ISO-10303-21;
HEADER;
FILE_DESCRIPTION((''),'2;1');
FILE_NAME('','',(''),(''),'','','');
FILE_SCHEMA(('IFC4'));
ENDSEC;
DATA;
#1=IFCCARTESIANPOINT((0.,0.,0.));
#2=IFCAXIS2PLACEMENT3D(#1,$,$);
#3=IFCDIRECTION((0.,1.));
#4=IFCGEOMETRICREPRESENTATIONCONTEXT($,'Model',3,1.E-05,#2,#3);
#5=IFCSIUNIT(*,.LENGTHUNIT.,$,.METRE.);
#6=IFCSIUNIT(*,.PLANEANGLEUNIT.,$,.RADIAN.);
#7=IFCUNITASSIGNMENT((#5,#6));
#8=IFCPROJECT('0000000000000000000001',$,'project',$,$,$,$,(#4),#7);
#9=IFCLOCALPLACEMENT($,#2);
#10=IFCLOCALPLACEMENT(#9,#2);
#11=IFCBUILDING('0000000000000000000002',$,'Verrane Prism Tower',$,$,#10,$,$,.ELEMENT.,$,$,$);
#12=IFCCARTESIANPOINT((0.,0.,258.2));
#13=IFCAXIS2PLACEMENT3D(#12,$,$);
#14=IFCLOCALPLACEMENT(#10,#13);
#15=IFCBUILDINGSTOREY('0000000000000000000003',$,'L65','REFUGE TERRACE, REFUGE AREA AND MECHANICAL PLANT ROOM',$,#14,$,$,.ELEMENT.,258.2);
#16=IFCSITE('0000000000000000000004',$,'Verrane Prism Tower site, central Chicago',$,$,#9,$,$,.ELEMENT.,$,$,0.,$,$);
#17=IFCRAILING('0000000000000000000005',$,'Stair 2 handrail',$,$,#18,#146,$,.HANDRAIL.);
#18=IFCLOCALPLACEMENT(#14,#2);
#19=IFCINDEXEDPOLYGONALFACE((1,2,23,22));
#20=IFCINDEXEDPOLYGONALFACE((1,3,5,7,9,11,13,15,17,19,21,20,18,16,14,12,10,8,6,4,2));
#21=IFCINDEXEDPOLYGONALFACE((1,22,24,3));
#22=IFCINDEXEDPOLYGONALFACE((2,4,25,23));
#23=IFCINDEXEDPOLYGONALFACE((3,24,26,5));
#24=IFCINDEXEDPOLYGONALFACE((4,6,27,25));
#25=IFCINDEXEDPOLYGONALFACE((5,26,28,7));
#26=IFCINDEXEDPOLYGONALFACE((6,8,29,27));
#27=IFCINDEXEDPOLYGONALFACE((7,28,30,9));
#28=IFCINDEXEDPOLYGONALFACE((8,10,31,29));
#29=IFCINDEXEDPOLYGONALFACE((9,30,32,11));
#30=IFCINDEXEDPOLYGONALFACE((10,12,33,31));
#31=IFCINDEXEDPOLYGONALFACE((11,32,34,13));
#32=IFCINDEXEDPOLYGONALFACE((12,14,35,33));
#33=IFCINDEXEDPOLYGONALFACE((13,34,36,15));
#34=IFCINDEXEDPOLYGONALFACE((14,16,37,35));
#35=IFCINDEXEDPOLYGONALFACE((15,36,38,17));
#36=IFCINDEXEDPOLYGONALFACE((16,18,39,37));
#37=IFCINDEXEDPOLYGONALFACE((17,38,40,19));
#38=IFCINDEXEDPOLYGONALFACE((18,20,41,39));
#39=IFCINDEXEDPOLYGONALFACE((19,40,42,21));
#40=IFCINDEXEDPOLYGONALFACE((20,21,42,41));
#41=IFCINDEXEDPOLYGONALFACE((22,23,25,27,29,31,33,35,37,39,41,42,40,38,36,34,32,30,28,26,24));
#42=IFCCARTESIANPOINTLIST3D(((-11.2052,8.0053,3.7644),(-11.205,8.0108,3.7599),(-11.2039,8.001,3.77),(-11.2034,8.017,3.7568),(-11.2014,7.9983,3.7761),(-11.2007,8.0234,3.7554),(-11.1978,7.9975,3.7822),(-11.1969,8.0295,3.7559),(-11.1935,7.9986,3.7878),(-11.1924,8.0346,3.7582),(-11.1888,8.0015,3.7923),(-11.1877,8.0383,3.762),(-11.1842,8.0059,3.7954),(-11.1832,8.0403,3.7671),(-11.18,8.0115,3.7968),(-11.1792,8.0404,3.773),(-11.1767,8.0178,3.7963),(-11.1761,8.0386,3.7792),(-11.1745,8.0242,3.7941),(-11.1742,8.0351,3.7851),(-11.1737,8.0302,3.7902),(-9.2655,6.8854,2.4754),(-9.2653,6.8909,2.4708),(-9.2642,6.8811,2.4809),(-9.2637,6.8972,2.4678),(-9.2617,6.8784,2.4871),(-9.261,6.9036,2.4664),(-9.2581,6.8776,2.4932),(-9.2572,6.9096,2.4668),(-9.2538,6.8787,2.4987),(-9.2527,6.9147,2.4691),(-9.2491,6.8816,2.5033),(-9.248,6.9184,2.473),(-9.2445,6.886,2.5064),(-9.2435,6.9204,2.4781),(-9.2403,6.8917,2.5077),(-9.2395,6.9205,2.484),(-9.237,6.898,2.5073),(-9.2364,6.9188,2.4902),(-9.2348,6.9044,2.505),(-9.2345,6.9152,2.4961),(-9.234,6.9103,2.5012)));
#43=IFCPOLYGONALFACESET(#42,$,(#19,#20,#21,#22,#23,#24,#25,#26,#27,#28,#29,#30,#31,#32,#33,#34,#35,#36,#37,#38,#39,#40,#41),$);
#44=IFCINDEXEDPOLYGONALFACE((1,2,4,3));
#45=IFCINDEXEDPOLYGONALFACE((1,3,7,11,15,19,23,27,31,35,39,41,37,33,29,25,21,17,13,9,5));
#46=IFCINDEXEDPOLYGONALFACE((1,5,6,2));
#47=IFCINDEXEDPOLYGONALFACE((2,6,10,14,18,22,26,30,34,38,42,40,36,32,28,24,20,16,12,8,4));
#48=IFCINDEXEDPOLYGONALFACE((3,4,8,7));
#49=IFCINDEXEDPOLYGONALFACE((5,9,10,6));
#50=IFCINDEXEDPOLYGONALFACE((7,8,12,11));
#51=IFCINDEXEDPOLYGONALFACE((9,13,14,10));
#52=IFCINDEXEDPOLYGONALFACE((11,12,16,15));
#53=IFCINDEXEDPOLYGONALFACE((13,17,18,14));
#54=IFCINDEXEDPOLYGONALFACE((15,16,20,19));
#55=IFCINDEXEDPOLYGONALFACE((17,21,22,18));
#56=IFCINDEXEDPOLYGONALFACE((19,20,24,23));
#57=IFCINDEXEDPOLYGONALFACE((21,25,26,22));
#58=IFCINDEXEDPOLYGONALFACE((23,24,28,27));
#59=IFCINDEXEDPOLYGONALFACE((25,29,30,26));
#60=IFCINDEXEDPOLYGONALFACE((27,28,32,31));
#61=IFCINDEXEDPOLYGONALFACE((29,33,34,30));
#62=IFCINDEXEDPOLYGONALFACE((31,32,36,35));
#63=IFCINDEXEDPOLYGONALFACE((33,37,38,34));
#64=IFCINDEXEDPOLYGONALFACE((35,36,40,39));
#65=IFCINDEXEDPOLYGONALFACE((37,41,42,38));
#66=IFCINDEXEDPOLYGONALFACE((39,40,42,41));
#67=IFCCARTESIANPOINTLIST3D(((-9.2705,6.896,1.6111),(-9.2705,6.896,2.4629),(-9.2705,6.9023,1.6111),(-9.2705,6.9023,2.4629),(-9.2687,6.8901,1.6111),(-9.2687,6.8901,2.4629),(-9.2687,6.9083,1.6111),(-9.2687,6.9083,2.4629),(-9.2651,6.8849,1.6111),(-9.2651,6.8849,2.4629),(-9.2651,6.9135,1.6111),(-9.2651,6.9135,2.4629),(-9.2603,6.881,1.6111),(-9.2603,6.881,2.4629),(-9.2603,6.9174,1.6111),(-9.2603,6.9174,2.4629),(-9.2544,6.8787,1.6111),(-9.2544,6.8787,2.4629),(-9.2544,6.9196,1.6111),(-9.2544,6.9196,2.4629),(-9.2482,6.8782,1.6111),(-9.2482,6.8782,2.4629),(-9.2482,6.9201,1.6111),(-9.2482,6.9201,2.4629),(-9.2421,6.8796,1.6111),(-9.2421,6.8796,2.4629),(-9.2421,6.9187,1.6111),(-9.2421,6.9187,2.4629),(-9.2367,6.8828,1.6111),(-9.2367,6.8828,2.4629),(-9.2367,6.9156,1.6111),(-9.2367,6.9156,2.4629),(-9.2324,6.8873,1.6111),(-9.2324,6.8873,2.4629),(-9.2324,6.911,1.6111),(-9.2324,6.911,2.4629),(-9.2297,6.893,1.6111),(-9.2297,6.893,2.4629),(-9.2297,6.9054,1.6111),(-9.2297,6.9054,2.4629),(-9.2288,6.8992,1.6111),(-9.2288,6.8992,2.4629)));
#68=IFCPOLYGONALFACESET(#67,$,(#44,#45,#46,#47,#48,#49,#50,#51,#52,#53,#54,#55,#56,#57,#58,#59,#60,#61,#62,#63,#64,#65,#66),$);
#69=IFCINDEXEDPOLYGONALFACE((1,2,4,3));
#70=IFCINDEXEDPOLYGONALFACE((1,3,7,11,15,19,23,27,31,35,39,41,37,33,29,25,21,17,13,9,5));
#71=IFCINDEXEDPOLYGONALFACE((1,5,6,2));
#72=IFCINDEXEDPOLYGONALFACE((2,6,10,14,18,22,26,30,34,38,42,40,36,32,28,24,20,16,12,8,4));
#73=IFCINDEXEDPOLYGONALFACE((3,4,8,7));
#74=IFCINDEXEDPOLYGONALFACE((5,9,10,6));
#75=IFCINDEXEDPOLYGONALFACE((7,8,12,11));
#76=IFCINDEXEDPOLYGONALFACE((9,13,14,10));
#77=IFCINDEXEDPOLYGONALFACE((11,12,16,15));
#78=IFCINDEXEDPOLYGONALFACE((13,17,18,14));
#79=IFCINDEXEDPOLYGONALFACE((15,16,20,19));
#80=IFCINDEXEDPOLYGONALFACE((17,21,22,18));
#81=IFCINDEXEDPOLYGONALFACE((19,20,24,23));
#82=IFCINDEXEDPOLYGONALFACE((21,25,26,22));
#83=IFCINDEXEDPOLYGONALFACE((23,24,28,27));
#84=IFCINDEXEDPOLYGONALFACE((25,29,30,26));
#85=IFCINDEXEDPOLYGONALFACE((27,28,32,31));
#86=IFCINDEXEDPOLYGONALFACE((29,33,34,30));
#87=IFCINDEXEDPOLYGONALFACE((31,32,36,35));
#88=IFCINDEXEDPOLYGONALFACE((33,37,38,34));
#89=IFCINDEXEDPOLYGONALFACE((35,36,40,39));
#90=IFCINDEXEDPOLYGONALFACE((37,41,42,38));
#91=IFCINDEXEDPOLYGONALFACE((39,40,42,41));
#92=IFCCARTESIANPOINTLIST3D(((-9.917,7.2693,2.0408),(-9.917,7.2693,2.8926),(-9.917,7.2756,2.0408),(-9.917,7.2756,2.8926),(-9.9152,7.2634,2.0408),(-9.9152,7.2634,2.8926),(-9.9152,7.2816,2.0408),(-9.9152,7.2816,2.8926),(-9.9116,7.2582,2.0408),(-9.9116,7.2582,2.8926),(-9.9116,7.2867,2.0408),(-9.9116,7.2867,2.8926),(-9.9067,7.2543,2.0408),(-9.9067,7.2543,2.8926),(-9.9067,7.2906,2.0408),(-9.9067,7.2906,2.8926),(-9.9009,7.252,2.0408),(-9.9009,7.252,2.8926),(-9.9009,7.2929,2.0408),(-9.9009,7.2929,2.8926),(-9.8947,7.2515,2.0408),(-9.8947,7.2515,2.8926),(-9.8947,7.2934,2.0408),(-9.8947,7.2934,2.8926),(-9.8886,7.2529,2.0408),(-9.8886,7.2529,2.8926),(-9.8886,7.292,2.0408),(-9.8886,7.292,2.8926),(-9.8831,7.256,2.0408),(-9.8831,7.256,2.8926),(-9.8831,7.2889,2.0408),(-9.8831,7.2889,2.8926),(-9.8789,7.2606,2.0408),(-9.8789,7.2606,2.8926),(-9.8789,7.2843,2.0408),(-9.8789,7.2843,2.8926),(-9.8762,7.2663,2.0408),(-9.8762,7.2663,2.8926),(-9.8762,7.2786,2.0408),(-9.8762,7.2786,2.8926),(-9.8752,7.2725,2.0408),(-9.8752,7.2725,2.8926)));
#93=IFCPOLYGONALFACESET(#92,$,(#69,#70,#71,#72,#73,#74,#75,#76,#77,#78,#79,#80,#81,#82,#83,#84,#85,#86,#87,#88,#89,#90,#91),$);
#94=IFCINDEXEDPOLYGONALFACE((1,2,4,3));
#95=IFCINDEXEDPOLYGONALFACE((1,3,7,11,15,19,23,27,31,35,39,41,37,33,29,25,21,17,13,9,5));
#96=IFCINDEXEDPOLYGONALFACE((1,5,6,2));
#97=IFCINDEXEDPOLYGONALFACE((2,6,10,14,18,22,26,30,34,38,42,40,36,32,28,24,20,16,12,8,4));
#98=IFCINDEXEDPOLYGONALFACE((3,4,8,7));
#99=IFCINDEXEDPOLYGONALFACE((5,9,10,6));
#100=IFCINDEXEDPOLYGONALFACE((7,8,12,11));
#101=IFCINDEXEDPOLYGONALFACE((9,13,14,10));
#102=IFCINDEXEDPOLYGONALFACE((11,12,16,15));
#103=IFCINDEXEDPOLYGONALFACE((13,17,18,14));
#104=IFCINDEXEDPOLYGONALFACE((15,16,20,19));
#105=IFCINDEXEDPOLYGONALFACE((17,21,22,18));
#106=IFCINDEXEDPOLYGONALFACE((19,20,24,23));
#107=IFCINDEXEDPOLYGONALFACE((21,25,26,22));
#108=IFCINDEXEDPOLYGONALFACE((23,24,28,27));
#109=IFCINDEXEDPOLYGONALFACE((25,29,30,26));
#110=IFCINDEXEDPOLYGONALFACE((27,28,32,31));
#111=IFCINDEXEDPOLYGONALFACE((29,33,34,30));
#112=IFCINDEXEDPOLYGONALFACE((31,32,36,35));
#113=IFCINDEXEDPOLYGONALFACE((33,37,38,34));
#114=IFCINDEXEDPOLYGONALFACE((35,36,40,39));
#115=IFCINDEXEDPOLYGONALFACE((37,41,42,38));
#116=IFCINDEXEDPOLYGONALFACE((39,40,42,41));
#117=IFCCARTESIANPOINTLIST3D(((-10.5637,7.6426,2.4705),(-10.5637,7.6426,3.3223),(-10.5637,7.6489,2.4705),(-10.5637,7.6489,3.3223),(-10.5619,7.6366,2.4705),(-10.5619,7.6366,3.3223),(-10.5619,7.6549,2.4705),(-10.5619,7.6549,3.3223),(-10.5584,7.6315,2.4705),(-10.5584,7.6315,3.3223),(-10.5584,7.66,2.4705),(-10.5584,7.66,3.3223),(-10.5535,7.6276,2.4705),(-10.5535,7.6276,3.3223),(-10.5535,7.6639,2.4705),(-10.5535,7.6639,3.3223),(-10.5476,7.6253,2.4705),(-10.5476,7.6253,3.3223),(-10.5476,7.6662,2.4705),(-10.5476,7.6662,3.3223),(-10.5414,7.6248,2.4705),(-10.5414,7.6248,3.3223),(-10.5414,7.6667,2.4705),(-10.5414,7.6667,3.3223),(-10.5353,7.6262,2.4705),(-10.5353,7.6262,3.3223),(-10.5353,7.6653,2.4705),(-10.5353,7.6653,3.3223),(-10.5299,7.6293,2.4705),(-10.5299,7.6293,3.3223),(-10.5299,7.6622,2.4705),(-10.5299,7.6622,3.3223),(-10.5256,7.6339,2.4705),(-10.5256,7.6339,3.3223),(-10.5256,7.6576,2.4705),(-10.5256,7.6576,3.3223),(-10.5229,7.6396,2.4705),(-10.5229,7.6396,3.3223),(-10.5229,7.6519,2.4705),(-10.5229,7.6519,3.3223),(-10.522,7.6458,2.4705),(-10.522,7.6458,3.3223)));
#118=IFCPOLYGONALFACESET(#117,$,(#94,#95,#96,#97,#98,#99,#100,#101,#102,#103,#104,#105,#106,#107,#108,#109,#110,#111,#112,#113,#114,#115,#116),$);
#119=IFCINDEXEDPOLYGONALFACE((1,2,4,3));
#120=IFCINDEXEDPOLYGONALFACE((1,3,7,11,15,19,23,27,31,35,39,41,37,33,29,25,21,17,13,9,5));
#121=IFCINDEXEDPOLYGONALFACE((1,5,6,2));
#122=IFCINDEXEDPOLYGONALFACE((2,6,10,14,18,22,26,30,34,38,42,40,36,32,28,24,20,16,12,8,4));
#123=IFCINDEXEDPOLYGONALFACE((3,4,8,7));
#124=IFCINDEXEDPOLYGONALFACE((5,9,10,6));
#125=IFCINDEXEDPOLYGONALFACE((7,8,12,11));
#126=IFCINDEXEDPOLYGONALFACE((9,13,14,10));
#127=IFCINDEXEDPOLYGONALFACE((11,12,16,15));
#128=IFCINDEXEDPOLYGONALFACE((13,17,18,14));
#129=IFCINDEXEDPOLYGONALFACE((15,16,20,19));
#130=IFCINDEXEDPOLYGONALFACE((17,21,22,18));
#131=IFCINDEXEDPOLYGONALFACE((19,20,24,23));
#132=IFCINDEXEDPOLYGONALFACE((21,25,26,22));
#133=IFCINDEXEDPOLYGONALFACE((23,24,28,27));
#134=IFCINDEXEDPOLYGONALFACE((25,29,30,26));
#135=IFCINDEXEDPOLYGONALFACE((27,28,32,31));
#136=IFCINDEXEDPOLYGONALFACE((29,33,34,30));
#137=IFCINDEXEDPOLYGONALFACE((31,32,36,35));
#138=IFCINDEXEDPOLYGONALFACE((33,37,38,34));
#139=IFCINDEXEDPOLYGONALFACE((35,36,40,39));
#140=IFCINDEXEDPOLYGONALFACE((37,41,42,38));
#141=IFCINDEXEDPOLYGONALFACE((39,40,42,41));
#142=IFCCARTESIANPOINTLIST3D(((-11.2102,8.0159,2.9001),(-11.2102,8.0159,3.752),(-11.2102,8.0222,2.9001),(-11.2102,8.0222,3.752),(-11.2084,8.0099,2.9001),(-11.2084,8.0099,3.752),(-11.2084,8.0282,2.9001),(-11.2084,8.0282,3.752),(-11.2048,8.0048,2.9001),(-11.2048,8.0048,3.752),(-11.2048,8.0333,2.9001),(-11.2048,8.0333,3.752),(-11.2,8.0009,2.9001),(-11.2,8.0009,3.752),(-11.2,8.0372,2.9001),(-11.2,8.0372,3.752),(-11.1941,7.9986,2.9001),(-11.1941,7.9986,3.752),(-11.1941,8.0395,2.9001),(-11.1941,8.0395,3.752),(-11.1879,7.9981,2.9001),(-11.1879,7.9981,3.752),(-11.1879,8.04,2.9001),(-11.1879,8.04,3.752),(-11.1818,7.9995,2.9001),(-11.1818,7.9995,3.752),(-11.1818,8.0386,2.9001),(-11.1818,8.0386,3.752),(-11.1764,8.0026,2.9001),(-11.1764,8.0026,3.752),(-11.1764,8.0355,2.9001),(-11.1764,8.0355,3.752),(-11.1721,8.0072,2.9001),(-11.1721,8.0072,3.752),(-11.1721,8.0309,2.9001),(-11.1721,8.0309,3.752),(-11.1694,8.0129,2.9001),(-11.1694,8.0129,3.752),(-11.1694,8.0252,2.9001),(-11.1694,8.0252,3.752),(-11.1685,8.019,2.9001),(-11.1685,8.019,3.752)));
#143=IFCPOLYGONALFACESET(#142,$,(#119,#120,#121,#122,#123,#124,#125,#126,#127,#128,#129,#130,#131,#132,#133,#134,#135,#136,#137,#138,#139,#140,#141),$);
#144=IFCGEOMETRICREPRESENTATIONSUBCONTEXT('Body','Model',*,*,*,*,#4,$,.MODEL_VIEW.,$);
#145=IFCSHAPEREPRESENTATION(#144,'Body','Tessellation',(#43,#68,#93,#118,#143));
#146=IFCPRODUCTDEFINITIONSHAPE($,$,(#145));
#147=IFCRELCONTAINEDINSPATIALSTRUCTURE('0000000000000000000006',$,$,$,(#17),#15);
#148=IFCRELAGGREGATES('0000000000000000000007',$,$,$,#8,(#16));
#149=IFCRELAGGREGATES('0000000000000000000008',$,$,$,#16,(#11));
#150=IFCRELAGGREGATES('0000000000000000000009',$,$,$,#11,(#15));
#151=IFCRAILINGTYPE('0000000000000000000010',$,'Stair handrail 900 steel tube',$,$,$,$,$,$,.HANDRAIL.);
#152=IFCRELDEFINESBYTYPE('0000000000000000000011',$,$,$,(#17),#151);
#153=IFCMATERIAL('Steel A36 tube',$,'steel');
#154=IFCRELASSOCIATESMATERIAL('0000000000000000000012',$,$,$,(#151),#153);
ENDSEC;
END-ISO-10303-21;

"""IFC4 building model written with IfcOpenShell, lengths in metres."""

from ifc_helpers import new_model, si_unit, direction, frame, origin, origin_2d, place, context, subcontext, project, spatial, circle, extrude, material, type_object, element, save


model = new_model("IFC4")

# Units and contexts
model_context = context("Model", 3, precision=1e-05, world=origin(), true_north=direction((0.0, 1.0)))
body_context = subcontext(model_context, "Body", "Model", "MODEL_VIEW")
ifc_project = project(units=[si_unit("LENGTHUNIT", "METRE"), si_unit("PLANEANGLEUNIT", "RADIAN")], contexts=[model_context])

# Site, building, storey
site_placement = place(None, origin())
site = spatial("IfcSite", under=ifc_project, at=site_placement, Name="Verrane Prism Tower site, central Chicago", CompositionType="ELEMENT", RefElevation=0.0)
building_placement = place(site_placement, origin())
building = spatial("IfcBuilding", under=site, at=building_placement, Name="Verrane Prism Tower", CompositionType="ELEMENT")
storey_placement = place(building_placement, frame((0.0, 0.0, 258.2)))
storey = spatial("IfcBuildingStorey", under=building, at=storey_placement, Name="L65", Description="REFUGE TERRACE, REFUGE AREA AND MECHANICAL PLANT ROOM", CompositionType="ELEMENT", Elevation=258.2)

# Railing
ifc_material_1 = material(Name="Steel A36 tube", Category="steel")
railing_type = type_object("IfcRailingType", Name="Stair handrail 900 steel tube", PredefinedType="HANDRAIL", material=ifc_material_1)
railing_1_placement = place(storey_placement, frame((-9.2498, 6.8992, 1.6111)))
element("IfcRailing", 1, at=railing_1_placement, inside=storey, type_object=railing_type, Name="Stair 2 handrail", PredefinedType="HANDRAIL", context=body_context, shape_type="SweptSolid", body=[
    extrude(circle(Radius=0.0239, at=origin_2d()), frame((0.0, 0.0, 0.876), z_axis=(-0.750591, 0.43335, 0.49882), x_axis=(-0.499996, -0.866028, 0.0)), (0.0, 0.0, 1.0), 2.5842),
    extrude(circle(Radius=0.021, at=origin_2d()), origin(), (0.0, 0.0, 1.0), 0.8518),
    extrude(circle(Radius=0.021, at=origin_2d()), frame((-0.6465, 0.3733, 0.4297)), (0.0, 0.0, 1.0), 0.8518),
    extrude(circle(Radius=0.021, at=origin_2d()), frame((-1.2932, 0.7466, 0.8594)), (0.0, 0.0, 1.0), 0.8518),
    extrude(circle(Radius=0.021, at=origin_2d()), frame((-1.9397, 1.1199, 1.2891)), (0.0, 0.0, 1.0), 0.8518),
])

save(model, "model.ifc")
